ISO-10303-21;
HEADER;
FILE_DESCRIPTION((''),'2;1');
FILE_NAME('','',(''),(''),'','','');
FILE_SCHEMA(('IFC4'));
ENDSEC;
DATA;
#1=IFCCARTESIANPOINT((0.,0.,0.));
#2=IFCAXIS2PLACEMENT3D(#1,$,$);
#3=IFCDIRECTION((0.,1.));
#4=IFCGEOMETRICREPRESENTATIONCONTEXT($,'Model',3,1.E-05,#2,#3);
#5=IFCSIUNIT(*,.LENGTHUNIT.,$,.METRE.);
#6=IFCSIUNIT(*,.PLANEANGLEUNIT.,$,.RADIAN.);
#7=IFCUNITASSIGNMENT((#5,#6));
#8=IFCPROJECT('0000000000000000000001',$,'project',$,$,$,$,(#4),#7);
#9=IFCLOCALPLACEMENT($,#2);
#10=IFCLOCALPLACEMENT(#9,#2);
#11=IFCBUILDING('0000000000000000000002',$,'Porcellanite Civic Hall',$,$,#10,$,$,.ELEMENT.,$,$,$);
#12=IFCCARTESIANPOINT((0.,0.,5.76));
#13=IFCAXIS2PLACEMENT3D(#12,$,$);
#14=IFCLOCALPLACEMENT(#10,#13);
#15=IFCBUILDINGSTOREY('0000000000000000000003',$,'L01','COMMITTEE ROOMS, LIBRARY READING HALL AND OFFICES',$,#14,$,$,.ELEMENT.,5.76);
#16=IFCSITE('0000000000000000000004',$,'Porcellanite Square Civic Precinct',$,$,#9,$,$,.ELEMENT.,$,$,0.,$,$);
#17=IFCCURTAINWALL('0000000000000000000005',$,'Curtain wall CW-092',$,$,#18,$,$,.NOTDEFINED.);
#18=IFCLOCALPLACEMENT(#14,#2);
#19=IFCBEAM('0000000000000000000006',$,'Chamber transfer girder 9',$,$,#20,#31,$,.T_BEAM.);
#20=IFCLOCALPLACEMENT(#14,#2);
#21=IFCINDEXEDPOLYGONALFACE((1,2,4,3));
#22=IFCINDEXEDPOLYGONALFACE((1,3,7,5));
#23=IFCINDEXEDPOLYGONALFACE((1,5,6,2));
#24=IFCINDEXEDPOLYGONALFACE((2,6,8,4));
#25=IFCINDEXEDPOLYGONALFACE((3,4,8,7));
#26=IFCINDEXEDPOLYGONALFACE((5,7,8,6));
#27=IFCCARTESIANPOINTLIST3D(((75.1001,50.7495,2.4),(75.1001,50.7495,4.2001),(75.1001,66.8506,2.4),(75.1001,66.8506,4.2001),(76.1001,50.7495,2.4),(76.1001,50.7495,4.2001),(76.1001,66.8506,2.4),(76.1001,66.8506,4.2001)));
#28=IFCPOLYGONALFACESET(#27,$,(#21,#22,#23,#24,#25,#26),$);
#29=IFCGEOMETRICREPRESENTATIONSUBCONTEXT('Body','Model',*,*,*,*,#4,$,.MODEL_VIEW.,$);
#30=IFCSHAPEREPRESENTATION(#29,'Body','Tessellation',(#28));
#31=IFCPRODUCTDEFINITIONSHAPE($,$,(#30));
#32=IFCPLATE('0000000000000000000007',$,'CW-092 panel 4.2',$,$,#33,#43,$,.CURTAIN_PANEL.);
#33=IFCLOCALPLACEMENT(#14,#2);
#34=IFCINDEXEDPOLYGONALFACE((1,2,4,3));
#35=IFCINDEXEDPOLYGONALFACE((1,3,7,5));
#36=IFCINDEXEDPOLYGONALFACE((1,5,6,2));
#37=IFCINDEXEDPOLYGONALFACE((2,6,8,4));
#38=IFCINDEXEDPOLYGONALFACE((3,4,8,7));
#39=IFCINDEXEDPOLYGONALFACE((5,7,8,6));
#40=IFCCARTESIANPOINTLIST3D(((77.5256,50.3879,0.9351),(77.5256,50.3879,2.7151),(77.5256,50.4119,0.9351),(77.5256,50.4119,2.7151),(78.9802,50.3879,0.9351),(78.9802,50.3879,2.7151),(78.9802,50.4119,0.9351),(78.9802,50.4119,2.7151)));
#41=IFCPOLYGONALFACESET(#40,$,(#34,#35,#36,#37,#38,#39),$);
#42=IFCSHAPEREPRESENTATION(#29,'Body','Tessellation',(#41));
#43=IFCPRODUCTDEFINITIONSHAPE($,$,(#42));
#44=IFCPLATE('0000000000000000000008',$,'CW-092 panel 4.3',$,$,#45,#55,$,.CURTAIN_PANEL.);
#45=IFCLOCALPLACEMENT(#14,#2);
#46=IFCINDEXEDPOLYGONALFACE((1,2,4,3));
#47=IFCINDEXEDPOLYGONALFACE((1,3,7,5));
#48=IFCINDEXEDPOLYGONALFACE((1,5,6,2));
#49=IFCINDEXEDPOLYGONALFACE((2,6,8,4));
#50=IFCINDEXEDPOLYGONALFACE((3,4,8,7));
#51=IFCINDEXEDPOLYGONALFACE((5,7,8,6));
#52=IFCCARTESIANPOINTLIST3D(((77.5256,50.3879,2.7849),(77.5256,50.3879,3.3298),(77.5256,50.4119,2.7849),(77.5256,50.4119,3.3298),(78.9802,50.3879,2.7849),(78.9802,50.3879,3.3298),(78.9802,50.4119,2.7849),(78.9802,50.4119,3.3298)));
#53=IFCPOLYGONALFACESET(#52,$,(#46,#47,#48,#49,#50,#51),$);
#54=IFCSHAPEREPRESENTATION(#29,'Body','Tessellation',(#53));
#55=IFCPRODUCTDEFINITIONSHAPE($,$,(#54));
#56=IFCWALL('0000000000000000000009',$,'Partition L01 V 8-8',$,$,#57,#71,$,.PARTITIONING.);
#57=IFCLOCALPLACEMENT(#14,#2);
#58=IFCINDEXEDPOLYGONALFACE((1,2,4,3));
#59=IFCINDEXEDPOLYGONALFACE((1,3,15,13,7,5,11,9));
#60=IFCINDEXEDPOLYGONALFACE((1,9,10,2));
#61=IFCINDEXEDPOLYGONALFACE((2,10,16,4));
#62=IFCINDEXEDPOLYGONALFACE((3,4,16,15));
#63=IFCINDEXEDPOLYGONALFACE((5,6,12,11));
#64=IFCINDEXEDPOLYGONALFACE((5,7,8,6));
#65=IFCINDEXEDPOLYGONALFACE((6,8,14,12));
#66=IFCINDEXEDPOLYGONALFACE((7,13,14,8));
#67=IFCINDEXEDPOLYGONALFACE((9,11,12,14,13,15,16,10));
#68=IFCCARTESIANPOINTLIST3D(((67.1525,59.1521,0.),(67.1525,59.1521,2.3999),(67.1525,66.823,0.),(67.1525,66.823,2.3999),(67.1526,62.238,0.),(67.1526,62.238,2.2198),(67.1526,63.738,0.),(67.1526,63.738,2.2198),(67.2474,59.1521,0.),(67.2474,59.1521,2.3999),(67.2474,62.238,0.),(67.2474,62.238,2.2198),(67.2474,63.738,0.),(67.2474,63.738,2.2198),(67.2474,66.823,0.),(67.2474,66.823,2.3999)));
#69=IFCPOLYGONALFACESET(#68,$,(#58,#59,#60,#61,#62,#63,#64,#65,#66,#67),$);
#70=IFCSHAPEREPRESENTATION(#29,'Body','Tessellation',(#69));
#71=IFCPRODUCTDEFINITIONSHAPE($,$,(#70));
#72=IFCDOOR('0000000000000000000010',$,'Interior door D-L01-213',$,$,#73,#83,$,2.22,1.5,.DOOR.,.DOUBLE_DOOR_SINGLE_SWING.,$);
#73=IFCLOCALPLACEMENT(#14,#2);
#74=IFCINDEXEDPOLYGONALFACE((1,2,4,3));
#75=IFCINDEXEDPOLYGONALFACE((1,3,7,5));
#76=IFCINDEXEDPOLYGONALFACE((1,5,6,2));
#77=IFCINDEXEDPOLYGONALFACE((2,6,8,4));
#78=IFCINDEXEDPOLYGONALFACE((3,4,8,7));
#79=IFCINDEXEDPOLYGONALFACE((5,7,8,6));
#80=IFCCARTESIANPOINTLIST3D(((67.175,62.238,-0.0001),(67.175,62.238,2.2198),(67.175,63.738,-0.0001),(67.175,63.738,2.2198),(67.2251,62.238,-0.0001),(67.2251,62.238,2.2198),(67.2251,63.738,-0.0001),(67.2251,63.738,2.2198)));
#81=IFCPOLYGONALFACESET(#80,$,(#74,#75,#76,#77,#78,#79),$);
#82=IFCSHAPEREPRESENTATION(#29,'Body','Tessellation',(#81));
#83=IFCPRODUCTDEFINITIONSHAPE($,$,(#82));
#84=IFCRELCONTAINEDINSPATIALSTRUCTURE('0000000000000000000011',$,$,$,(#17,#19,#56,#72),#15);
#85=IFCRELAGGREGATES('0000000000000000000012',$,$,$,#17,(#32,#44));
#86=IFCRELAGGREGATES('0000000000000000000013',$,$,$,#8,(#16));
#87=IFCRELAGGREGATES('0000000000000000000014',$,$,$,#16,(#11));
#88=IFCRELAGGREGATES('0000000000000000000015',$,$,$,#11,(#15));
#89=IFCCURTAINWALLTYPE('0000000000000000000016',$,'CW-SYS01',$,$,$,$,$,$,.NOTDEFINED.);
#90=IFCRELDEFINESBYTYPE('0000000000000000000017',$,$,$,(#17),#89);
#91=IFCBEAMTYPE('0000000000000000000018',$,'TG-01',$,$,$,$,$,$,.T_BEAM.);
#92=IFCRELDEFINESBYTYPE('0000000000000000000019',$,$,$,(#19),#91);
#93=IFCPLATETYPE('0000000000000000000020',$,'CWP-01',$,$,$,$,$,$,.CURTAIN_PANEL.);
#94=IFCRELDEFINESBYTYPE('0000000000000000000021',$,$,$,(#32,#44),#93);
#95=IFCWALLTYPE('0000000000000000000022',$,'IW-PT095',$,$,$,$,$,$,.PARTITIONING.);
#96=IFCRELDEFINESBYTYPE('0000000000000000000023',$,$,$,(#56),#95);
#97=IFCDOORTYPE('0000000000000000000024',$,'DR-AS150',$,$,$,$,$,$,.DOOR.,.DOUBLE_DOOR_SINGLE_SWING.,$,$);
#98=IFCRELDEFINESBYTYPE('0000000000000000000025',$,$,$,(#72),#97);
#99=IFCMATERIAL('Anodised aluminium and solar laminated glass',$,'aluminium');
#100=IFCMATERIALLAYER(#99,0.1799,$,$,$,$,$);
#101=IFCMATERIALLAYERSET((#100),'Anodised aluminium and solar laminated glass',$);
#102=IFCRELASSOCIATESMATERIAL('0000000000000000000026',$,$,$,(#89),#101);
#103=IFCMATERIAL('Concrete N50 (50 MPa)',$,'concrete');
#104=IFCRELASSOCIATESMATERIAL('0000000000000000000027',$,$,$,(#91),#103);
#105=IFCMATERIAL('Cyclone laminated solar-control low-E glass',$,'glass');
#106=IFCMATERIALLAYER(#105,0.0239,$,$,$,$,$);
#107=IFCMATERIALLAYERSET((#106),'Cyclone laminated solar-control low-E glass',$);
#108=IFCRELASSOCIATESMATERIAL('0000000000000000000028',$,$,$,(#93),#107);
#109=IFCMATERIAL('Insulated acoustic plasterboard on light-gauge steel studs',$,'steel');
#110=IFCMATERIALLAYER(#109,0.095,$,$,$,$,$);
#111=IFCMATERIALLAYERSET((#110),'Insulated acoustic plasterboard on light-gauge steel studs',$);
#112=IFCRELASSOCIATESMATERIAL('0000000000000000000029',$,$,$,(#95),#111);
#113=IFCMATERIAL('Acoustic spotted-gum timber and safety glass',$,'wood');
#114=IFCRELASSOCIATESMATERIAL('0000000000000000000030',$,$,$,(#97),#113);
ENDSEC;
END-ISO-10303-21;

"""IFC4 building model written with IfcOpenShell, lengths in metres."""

from ifc_helpers import new_model, si_unit, direction, frame, frame_2d, origin, origin_2d, place, context, subcontext, project, spatial, rectangle, extrude, material, layer, layer_set, material_profile, profile_set, type_object, element, fill, aggregate, save


model = new_model("IFC4")

# Units and contexts
model_context = context("Model", 3, precision=1e-05, world=origin(), true_north=direction((0.0, 1.0)))
body_context = subcontext(model_context, "Body", "Model", "MODEL_VIEW")
ifc_project = project(units=[si_unit("LENGTHUNIT", "METRE"), si_unit("PLANEANGLEUNIT", "RADIAN")], contexts=[model_context])

# Site, building, storey
site_placement = place(None, origin())
site = spatial("IfcSite", under=ifc_project, at=site_placement, Name="Porcellanite Square Civic Precinct", CompositionType="ELEMENT", RefElevation=0.0)
building_placement = place(site_placement, origin())
building = spatial("IfcBuilding", under=site, at=building_placement, Name="Porcellanite Civic Hall", CompositionType="ELEMENT")
storey_placement = place(building_placement, frame((0.0, 0.0, 5.76)))
storey = spatial("IfcBuildingStorey", under=building, at=storey_placement, Name="L01", Description="COMMITTEE ROOMS, LIBRARY READING HALL AND OFFICES", CompositionType="ELEMENT", Elevation=5.76)

# Curtain wall
ifc_material_1 = material(Name="Anodised aluminium and solar laminated glass", Category="aluminium")
ifc_layer_1 = layer(ifc_material_1, 0.1799)
ifc_layer_set_1 = layer_set([ifc_layer_1], Name="Anodised aluminium and solar laminated glass")
curtain_wall_type = type_object("IfcCurtainWallType", Name="CW-SYS01", PredefinedType="NOTDEFINED", material=ifc_layer_set_1)
curtain_wall_placement = place(storey_placement, origin())
curtain_wall = element("IfcCurtainWall", 1, at=curtain_wall_placement, inside=storey, type_object=curtain_wall_type, Name="Curtain wall CW-092", PredefinedType="NOTDEFINED")

# Beam
ifc_material_2 = material(Name="Concrete N50 (50 MPa)", Category="concrete")
ifc_material_profile_1 = material_profile(ifc_material_2, rectangle(XDim=1.0, YDim=1.8, at=origin_2d()), Name="RC-1000x1800")
ifc_profile_set_1 = profile_set([ifc_material_profile_1], Name="Concrete N50 (50 MPa)")
beam_type_1 = type_object("IfcBeamType", Name="TG-01", PredefinedType="T_BEAM", material=ifc_profile_set_1)
beam_1_placement = place(storey_placement, frame((75.6001, 50.7495, 3.3), z_axis=(0.0, 1.0, 0.0), x_axis=(-1.0, 0.0, 0.0)))
element("IfcBeam", 2, at=beam_1_placement, inside=storey, type_object=beam_type_1, Name="Chamber transfer girder 9", PredefinedType="T_BEAM", context=body_context, shape_type="SweptSolid", body=[
    extrude(rectangle(XDim=1.0, YDim=1.8, at=origin_2d()), origin(), (0.0, 0.0, 1.0), 16.1011),
])

# Plates
ifc_material_3 = material(Name="Cyclone laminated solar-control low-E glass", Category="glass")
ifc_layer_2 = layer(ifc_material_3, 0.0239)
ifc_layer_set_2 = layer_set([ifc_layer_2], Name="Cyclone laminated solar-control low-E glass")
plate_type = type_object("IfcPlateType", Name="CWP-01", PredefinedType="CURTAIN_PANEL", material=ifc_layer_set_2)
plate_1_placement = place(storey_placement, frame((78.2529, 50.3999, 0.9351), z_axis=(0.0, 0.0, 1.0), x_axis=(-1.0, 0.0, 0.0)))
plate_1 = element("IfcPlate", 3, at=plate_1_placement, type_object=plate_type, Name="CW-092 panel 4.2", PredefinedType="CURTAIN_PANEL", context=body_context, shape_type="SweptSolid", body=[
    extrude(rectangle(XDim=1.4546, YDim=0.0239, at=origin_2d()), origin(), (0.0, 0.0, 1.0), 1.78),
])
plate_2_placement = place(storey_placement, frame((78.2529, 50.3999, 2.7849), z_axis=(0.0, 0.0, 1.0), x_axis=(-1.0, 0.0, 0.0)))
plate_2 = element("IfcPlate", 4, at=plate_2_placement, type_object=plate_type, Name="CW-092 panel 4.3", PredefinedType="CURTAIN_PANEL", context=body_context, shape_type="SweptSolid", body=[
    extrude(rectangle(XDim=1.4546, YDim=0.0239, at=origin_2d()), origin(), (0.0, 0.0, 1.0), 0.5449),
])
aggregate(curtain_wall, [plate_1, plate_2])

# Wall, opening, door
ifc_material_4 = material(Name="Insulated acoustic plasterboard on light-gauge steel studs", Category="steel")
ifc_layer_3 = layer(ifc_material_4, 0.095)
ifc_layer_set_3 = layer_set([ifc_layer_3], Name="Insulated acoustic plasterboard on light-gauge steel studs")
wall_type_1 = type_object("IfcWallType", Name="IW-PT095", PredefinedType="PARTITIONING", material=ifc_layer_set_3)
wall_1_placement = place(storey_placement, frame((67.2, 59.1521, 0.0), z_axis=(0.0, 0.0, 1.0), x_axis=(0.0, 1.0, 0.0)))
wall_1 = element("IfcWall", 5, at=wall_1_placement, inside=storey, type_object=wall_type_1, Name="Partition L01 V 8-8", PredefinedType="PARTITIONING", context=body_context, shape_type="SweptSolid", body=[
    extrude(rectangle(XDim=7.6709, YDim=0.095, at=frame_2d((3.8354, 0.0))), origin(), (0.0, 0.0, 1.0), 2.3999),
])
opening_1_placement = place(wall_1_placement, frame((3.0859, 0.0, 0.0)))
opening_1 = element("IfcOpeningElement", 6, at=opening_1_placement, cuts=wall_1, PredefinedType="OPENING", context=body_context, shape_type="SweptSolid", body=[
    extrude(rectangle(XDim=1.5, YDim=2.22, at=frame_2d((0.75, 1.1099))), frame((0.0, 0.0474, 0.0), z_axis=(0.0, -1.0, 0.0), x_axis=(1.0, 0.0, 0.0)), (0.0, 0.0, 1.0), 0.095),
])
ifc_material_5 = material(Name="Acoustic spotted-gum timber and safety glass", Category="wood")
door_type_1 = type_object("IfcDoorType", Name="DR-AS150", OperationType="DOUBLE_DOOR_SINGLE_SWING", PredefinedType="DOOR", material=ifc_material_5)
door_1_placement = place(opening_1_placement, origin())
door_1 = element("IfcDoor", 7, at=door_1_placement, inside=storey, type_object=door_type_1, Name="Interior door D-L01-213", OperationType="DOUBLE_DOOR_SINGLE_SWING", OverallHeight=2.22, OverallWidth=1.5, PredefinedType="DOOR", context=body_context, shape_type="SweptSolid", body=[
    extrude(rectangle(XDim=1.5, YDim=2.22, at=frame_2d((0.75, 1.1099))), frame((0.0, 0.0249, 0.0), z_axis=(0.0, -1.0, 0.0), x_axis=(1.0, 0.0, 0.0)), (0.0, 0.0, 1.0), 0.05),
])
fill(opening_1, door_1)

save(model, "model.ifc")
